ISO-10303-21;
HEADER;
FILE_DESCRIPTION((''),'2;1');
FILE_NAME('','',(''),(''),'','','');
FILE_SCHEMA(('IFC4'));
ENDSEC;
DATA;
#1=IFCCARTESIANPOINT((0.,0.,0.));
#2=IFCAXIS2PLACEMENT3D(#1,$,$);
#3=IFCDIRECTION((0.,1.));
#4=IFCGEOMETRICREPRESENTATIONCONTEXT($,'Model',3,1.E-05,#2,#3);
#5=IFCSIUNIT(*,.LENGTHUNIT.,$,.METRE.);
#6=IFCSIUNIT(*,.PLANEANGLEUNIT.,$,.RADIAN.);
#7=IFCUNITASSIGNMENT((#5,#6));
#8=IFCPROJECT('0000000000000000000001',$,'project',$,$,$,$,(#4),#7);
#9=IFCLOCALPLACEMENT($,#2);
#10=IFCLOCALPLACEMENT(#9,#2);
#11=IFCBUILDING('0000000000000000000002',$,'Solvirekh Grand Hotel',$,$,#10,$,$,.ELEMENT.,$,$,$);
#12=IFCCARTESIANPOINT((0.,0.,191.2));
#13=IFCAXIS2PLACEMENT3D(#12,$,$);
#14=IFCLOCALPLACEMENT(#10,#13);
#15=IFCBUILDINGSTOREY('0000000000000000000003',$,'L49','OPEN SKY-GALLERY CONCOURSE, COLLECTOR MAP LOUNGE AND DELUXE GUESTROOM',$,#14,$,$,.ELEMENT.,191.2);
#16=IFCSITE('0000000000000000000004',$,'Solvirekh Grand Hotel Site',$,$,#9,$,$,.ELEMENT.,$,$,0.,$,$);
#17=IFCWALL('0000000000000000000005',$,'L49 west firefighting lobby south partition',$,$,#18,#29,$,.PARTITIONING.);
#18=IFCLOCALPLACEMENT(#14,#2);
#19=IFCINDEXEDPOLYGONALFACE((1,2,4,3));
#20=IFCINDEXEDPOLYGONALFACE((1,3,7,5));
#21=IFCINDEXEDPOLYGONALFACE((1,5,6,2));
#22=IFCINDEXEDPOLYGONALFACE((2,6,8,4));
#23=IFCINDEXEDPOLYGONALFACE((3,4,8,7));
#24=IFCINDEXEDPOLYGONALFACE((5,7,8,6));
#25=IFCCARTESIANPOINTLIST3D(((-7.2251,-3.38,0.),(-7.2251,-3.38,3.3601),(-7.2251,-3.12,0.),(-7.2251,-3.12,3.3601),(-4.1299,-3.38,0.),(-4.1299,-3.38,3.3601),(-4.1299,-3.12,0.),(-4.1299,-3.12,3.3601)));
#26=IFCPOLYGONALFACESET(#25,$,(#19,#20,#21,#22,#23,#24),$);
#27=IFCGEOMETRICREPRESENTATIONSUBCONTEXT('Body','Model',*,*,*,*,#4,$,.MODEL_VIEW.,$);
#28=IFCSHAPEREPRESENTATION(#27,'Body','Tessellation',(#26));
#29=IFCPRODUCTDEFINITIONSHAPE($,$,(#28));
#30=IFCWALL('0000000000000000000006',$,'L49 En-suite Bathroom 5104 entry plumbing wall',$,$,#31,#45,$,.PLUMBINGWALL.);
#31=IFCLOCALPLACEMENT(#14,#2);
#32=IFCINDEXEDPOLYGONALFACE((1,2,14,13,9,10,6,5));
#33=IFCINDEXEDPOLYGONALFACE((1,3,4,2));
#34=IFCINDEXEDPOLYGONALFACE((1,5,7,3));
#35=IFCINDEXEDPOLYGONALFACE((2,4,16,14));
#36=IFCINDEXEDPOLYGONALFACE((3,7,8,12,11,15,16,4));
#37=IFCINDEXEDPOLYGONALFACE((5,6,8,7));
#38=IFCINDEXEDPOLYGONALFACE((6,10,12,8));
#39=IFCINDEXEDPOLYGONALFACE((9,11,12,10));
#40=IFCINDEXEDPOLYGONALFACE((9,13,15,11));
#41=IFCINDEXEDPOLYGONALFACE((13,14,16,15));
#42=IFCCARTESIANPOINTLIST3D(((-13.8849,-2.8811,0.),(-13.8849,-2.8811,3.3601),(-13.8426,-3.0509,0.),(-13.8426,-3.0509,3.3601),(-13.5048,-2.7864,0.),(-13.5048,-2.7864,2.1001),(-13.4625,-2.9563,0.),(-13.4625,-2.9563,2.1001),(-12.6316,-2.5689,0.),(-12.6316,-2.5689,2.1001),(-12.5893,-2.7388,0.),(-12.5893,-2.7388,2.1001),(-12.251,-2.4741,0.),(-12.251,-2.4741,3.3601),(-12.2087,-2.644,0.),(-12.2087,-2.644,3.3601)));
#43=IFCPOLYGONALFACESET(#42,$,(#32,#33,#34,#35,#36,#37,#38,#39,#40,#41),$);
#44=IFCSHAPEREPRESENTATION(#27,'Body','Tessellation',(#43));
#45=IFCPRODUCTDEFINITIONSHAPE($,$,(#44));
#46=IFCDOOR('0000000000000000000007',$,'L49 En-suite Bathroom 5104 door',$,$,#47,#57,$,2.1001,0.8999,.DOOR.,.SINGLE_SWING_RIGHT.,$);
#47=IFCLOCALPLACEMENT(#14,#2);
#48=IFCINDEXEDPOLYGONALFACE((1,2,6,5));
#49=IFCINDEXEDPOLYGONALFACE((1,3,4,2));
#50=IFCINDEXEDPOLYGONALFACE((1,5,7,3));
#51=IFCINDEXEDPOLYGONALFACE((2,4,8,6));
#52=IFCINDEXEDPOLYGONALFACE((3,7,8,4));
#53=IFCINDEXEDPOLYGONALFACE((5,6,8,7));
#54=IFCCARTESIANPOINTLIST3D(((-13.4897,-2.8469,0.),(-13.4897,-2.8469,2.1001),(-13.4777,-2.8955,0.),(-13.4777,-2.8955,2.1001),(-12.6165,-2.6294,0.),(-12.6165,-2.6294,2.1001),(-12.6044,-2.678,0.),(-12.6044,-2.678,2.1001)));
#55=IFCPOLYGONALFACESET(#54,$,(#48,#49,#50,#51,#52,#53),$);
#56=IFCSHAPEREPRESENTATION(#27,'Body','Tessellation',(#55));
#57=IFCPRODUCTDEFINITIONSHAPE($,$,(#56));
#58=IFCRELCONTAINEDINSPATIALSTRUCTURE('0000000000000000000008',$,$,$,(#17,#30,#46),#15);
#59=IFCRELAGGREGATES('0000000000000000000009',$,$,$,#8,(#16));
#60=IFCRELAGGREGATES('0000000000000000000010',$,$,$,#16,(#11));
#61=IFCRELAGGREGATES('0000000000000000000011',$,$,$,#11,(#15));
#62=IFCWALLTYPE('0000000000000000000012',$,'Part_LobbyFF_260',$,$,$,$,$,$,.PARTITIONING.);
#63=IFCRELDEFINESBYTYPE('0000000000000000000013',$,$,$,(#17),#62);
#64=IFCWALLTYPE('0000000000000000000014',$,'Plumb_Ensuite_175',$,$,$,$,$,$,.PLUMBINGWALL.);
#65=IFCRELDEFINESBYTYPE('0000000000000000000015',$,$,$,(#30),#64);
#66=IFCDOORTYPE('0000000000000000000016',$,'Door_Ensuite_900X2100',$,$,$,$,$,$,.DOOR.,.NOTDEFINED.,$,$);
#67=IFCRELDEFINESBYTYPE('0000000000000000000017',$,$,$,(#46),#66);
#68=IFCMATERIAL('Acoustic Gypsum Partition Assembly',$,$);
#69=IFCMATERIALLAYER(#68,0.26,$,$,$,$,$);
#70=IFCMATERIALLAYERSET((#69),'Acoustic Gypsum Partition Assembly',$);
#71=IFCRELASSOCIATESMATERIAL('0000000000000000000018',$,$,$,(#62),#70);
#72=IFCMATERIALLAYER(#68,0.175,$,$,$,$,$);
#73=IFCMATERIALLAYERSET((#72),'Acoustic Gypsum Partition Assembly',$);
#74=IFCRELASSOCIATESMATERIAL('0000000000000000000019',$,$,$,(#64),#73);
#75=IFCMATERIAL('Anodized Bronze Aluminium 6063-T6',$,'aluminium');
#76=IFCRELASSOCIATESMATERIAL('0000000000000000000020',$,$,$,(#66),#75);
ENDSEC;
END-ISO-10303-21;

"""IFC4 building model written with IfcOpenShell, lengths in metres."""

from ifc_helpers import new_model, si_unit, direction, frame, frame_2d, origin, place, context, subcontext, project, spatial, rectangle, extrude, material, layer, layer_set, type_object, element, fill, save


model = new_model("IFC4")

# Units and contexts
model_context = context("Model", 3, precision=1e-05, world=origin(), true_north=direction((0.0, 1.0)))
body_context = subcontext(model_context, "Body", "Model", "MODEL_VIEW")
ifc_project = project(units=[si_unit("LENGTHUNIT", "METRE"), si_unit("PLANEANGLEUNIT", "RADIAN")], contexts=[model_context])

# Site, building, storey
site_placement = place(None, origin())
site = spatial("IfcSite", under=ifc_project, at=site_placement, Name="Solvirekh Grand Hotel Site", CompositionType="ELEMENT", RefElevation=0.0)
building_placement = place(site_placement, origin())
building = spatial("IfcBuilding", under=site, at=building_placement, Name="Solvirekh Grand Hotel", CompositionType="ELEMENT")
storey_placement = place(building_placement, frame((0.0, 0.0, 191.2)))
storey = spatial("IfcBuildingStorey", under=building, at=storey_placement, Name="L49", Description="OPEN SKY-GALLERY CONCOURSE, COLLECTOR MAP LOUNGE AND DELUXE GUESTROOM", CompositionType="ELEMENT", Elevation=191.2)

# Shared definitions
ifc_material_1 = material(Name="Anodized Bronze Aluminium 6063-T6", Category="aluminium")

# Shared definitions
ifc_material_2 = material(Name="Acoustic Gypsum Partition Assembly")

# Wall
ifc_layer_1 = layer(ifc_material_2, 0.26)
ifc_layer_set_1 = layer_set([ifc_layer_1], Name="Acoustic Gypsum Partition Assembly")
wall_type_1 = type_object("IfcWallType", Name="Part_LobbyFF_260", PredefinedType="PARTITIONING", material=ifc_layer_set_1)
wall_1_placement = place(storey_placement, frame((-7.2251, -3.25, 0.0), z_axis=(0.0, 0.0, 1.0), x_axis=(1.0, 0.0, 0.0)))
element("IfcWall", 1, at=wall_1_placement, inside=storey, type_object=wall_type_1, Name="L49 west firefighting lobby south partition", PredefinedType="PARTITIONING", context=body_context, shape_type="SweptSolid", body=[
    extrude(rectangle(XDim=3.0952, YDim=0.26, at=frame_2d((1.5476, 0.0))), origin(), (0.0, 0.0, 1.0), 3.3601),
])

# Wall, opening, door
ifc_layer_2 = layer(ifc_material_2, 0.175)
ifc_layer_set_2 = layer_set([ifc_layer_2], Name="Acoustic Gypsum Partition Assembly")
wall_type_2 = type_object("IfcWallType", Name="Plumb_Ensuite_175", PredefinedType="PLUMBINGWALL", material=ifc_layer_set_2)
wall_2_placement = place(storey_placement, frame((-12.23, -2.5591, 0.0), z_axis=(0.0, 0.0, 1.0), x_axis=(-0.970355, -0.241683, 0.0)))
wall_2 = element("IfcWall", 2, at=wall_2_placement, inside=storey, type_object=wall_type_2, Name="L49 En-suite Bathroom 5104 entry plumbing wall", PredefinedType="PLUMBINGWALL", context=body_context, shape_type="SweptSolid", body=[
    extrude(rectangle(XDim=1.6838, YDim=0.175, at=frame_2d((0.8418, 0.0))), origin(), (0.0, 0.0, 1.0), 3.3601),
])
opening_1_placement = place(wall_2_placement, frame((0.3921, 0.0, 0.0)))
opening_1 = element("IfcOpeningElement", 3, at=opening_1_placement, cuts=wall_2, PredefinedType="OPENING", context=body_context, shape_type="SweptSolid", body=[
    extrude(rectangle(XDim=0.8999, YDim=2.1001, at=frame_2d((0.45, 1.05))), frame((0.0, 0.0977, 0.0), z_axis=(0.0, -1.0, 0.0), x_axis=(1.0, 0.0, 0.0)), (0.0, 0.0, 1.0), 0.1951),
])
door_type_1 = type_object("IfcDoorType", Name="Door_Ensuite_900X2100", OperationType="NOTDEFINED", PredefinedType="DOOR", material=ifc_material_1)
door_1_placement = place(opening_1_placement, origin())
door_1 = element("IfcDoor", 4, at=door_1_placement, inside=storey, type_object=door_type_1, Name="L49 En-suite Bathroom 5104 door", OperationType="SINGLE_SWING_RIGHT", OverallHeight=2.1001, OverallWidth=0.8999, PredefinedType="DOOR", context=body_context, shape_type="SweptSolid", body=[
    extrude(rectangle(XDim=0.8999, YDim=2.1001, at=frame_2d((0.45, 1.05))), frame((0.0, 0.0249, 0.0), z_axis=(0.0, -1.0, 0.0), x_axis=(1.0, 0.0, 0.0)), (0.0, 0.0, 1.0), 0.05),
])
fill(opening_1, door_1)

save(model, "model.ifc")
